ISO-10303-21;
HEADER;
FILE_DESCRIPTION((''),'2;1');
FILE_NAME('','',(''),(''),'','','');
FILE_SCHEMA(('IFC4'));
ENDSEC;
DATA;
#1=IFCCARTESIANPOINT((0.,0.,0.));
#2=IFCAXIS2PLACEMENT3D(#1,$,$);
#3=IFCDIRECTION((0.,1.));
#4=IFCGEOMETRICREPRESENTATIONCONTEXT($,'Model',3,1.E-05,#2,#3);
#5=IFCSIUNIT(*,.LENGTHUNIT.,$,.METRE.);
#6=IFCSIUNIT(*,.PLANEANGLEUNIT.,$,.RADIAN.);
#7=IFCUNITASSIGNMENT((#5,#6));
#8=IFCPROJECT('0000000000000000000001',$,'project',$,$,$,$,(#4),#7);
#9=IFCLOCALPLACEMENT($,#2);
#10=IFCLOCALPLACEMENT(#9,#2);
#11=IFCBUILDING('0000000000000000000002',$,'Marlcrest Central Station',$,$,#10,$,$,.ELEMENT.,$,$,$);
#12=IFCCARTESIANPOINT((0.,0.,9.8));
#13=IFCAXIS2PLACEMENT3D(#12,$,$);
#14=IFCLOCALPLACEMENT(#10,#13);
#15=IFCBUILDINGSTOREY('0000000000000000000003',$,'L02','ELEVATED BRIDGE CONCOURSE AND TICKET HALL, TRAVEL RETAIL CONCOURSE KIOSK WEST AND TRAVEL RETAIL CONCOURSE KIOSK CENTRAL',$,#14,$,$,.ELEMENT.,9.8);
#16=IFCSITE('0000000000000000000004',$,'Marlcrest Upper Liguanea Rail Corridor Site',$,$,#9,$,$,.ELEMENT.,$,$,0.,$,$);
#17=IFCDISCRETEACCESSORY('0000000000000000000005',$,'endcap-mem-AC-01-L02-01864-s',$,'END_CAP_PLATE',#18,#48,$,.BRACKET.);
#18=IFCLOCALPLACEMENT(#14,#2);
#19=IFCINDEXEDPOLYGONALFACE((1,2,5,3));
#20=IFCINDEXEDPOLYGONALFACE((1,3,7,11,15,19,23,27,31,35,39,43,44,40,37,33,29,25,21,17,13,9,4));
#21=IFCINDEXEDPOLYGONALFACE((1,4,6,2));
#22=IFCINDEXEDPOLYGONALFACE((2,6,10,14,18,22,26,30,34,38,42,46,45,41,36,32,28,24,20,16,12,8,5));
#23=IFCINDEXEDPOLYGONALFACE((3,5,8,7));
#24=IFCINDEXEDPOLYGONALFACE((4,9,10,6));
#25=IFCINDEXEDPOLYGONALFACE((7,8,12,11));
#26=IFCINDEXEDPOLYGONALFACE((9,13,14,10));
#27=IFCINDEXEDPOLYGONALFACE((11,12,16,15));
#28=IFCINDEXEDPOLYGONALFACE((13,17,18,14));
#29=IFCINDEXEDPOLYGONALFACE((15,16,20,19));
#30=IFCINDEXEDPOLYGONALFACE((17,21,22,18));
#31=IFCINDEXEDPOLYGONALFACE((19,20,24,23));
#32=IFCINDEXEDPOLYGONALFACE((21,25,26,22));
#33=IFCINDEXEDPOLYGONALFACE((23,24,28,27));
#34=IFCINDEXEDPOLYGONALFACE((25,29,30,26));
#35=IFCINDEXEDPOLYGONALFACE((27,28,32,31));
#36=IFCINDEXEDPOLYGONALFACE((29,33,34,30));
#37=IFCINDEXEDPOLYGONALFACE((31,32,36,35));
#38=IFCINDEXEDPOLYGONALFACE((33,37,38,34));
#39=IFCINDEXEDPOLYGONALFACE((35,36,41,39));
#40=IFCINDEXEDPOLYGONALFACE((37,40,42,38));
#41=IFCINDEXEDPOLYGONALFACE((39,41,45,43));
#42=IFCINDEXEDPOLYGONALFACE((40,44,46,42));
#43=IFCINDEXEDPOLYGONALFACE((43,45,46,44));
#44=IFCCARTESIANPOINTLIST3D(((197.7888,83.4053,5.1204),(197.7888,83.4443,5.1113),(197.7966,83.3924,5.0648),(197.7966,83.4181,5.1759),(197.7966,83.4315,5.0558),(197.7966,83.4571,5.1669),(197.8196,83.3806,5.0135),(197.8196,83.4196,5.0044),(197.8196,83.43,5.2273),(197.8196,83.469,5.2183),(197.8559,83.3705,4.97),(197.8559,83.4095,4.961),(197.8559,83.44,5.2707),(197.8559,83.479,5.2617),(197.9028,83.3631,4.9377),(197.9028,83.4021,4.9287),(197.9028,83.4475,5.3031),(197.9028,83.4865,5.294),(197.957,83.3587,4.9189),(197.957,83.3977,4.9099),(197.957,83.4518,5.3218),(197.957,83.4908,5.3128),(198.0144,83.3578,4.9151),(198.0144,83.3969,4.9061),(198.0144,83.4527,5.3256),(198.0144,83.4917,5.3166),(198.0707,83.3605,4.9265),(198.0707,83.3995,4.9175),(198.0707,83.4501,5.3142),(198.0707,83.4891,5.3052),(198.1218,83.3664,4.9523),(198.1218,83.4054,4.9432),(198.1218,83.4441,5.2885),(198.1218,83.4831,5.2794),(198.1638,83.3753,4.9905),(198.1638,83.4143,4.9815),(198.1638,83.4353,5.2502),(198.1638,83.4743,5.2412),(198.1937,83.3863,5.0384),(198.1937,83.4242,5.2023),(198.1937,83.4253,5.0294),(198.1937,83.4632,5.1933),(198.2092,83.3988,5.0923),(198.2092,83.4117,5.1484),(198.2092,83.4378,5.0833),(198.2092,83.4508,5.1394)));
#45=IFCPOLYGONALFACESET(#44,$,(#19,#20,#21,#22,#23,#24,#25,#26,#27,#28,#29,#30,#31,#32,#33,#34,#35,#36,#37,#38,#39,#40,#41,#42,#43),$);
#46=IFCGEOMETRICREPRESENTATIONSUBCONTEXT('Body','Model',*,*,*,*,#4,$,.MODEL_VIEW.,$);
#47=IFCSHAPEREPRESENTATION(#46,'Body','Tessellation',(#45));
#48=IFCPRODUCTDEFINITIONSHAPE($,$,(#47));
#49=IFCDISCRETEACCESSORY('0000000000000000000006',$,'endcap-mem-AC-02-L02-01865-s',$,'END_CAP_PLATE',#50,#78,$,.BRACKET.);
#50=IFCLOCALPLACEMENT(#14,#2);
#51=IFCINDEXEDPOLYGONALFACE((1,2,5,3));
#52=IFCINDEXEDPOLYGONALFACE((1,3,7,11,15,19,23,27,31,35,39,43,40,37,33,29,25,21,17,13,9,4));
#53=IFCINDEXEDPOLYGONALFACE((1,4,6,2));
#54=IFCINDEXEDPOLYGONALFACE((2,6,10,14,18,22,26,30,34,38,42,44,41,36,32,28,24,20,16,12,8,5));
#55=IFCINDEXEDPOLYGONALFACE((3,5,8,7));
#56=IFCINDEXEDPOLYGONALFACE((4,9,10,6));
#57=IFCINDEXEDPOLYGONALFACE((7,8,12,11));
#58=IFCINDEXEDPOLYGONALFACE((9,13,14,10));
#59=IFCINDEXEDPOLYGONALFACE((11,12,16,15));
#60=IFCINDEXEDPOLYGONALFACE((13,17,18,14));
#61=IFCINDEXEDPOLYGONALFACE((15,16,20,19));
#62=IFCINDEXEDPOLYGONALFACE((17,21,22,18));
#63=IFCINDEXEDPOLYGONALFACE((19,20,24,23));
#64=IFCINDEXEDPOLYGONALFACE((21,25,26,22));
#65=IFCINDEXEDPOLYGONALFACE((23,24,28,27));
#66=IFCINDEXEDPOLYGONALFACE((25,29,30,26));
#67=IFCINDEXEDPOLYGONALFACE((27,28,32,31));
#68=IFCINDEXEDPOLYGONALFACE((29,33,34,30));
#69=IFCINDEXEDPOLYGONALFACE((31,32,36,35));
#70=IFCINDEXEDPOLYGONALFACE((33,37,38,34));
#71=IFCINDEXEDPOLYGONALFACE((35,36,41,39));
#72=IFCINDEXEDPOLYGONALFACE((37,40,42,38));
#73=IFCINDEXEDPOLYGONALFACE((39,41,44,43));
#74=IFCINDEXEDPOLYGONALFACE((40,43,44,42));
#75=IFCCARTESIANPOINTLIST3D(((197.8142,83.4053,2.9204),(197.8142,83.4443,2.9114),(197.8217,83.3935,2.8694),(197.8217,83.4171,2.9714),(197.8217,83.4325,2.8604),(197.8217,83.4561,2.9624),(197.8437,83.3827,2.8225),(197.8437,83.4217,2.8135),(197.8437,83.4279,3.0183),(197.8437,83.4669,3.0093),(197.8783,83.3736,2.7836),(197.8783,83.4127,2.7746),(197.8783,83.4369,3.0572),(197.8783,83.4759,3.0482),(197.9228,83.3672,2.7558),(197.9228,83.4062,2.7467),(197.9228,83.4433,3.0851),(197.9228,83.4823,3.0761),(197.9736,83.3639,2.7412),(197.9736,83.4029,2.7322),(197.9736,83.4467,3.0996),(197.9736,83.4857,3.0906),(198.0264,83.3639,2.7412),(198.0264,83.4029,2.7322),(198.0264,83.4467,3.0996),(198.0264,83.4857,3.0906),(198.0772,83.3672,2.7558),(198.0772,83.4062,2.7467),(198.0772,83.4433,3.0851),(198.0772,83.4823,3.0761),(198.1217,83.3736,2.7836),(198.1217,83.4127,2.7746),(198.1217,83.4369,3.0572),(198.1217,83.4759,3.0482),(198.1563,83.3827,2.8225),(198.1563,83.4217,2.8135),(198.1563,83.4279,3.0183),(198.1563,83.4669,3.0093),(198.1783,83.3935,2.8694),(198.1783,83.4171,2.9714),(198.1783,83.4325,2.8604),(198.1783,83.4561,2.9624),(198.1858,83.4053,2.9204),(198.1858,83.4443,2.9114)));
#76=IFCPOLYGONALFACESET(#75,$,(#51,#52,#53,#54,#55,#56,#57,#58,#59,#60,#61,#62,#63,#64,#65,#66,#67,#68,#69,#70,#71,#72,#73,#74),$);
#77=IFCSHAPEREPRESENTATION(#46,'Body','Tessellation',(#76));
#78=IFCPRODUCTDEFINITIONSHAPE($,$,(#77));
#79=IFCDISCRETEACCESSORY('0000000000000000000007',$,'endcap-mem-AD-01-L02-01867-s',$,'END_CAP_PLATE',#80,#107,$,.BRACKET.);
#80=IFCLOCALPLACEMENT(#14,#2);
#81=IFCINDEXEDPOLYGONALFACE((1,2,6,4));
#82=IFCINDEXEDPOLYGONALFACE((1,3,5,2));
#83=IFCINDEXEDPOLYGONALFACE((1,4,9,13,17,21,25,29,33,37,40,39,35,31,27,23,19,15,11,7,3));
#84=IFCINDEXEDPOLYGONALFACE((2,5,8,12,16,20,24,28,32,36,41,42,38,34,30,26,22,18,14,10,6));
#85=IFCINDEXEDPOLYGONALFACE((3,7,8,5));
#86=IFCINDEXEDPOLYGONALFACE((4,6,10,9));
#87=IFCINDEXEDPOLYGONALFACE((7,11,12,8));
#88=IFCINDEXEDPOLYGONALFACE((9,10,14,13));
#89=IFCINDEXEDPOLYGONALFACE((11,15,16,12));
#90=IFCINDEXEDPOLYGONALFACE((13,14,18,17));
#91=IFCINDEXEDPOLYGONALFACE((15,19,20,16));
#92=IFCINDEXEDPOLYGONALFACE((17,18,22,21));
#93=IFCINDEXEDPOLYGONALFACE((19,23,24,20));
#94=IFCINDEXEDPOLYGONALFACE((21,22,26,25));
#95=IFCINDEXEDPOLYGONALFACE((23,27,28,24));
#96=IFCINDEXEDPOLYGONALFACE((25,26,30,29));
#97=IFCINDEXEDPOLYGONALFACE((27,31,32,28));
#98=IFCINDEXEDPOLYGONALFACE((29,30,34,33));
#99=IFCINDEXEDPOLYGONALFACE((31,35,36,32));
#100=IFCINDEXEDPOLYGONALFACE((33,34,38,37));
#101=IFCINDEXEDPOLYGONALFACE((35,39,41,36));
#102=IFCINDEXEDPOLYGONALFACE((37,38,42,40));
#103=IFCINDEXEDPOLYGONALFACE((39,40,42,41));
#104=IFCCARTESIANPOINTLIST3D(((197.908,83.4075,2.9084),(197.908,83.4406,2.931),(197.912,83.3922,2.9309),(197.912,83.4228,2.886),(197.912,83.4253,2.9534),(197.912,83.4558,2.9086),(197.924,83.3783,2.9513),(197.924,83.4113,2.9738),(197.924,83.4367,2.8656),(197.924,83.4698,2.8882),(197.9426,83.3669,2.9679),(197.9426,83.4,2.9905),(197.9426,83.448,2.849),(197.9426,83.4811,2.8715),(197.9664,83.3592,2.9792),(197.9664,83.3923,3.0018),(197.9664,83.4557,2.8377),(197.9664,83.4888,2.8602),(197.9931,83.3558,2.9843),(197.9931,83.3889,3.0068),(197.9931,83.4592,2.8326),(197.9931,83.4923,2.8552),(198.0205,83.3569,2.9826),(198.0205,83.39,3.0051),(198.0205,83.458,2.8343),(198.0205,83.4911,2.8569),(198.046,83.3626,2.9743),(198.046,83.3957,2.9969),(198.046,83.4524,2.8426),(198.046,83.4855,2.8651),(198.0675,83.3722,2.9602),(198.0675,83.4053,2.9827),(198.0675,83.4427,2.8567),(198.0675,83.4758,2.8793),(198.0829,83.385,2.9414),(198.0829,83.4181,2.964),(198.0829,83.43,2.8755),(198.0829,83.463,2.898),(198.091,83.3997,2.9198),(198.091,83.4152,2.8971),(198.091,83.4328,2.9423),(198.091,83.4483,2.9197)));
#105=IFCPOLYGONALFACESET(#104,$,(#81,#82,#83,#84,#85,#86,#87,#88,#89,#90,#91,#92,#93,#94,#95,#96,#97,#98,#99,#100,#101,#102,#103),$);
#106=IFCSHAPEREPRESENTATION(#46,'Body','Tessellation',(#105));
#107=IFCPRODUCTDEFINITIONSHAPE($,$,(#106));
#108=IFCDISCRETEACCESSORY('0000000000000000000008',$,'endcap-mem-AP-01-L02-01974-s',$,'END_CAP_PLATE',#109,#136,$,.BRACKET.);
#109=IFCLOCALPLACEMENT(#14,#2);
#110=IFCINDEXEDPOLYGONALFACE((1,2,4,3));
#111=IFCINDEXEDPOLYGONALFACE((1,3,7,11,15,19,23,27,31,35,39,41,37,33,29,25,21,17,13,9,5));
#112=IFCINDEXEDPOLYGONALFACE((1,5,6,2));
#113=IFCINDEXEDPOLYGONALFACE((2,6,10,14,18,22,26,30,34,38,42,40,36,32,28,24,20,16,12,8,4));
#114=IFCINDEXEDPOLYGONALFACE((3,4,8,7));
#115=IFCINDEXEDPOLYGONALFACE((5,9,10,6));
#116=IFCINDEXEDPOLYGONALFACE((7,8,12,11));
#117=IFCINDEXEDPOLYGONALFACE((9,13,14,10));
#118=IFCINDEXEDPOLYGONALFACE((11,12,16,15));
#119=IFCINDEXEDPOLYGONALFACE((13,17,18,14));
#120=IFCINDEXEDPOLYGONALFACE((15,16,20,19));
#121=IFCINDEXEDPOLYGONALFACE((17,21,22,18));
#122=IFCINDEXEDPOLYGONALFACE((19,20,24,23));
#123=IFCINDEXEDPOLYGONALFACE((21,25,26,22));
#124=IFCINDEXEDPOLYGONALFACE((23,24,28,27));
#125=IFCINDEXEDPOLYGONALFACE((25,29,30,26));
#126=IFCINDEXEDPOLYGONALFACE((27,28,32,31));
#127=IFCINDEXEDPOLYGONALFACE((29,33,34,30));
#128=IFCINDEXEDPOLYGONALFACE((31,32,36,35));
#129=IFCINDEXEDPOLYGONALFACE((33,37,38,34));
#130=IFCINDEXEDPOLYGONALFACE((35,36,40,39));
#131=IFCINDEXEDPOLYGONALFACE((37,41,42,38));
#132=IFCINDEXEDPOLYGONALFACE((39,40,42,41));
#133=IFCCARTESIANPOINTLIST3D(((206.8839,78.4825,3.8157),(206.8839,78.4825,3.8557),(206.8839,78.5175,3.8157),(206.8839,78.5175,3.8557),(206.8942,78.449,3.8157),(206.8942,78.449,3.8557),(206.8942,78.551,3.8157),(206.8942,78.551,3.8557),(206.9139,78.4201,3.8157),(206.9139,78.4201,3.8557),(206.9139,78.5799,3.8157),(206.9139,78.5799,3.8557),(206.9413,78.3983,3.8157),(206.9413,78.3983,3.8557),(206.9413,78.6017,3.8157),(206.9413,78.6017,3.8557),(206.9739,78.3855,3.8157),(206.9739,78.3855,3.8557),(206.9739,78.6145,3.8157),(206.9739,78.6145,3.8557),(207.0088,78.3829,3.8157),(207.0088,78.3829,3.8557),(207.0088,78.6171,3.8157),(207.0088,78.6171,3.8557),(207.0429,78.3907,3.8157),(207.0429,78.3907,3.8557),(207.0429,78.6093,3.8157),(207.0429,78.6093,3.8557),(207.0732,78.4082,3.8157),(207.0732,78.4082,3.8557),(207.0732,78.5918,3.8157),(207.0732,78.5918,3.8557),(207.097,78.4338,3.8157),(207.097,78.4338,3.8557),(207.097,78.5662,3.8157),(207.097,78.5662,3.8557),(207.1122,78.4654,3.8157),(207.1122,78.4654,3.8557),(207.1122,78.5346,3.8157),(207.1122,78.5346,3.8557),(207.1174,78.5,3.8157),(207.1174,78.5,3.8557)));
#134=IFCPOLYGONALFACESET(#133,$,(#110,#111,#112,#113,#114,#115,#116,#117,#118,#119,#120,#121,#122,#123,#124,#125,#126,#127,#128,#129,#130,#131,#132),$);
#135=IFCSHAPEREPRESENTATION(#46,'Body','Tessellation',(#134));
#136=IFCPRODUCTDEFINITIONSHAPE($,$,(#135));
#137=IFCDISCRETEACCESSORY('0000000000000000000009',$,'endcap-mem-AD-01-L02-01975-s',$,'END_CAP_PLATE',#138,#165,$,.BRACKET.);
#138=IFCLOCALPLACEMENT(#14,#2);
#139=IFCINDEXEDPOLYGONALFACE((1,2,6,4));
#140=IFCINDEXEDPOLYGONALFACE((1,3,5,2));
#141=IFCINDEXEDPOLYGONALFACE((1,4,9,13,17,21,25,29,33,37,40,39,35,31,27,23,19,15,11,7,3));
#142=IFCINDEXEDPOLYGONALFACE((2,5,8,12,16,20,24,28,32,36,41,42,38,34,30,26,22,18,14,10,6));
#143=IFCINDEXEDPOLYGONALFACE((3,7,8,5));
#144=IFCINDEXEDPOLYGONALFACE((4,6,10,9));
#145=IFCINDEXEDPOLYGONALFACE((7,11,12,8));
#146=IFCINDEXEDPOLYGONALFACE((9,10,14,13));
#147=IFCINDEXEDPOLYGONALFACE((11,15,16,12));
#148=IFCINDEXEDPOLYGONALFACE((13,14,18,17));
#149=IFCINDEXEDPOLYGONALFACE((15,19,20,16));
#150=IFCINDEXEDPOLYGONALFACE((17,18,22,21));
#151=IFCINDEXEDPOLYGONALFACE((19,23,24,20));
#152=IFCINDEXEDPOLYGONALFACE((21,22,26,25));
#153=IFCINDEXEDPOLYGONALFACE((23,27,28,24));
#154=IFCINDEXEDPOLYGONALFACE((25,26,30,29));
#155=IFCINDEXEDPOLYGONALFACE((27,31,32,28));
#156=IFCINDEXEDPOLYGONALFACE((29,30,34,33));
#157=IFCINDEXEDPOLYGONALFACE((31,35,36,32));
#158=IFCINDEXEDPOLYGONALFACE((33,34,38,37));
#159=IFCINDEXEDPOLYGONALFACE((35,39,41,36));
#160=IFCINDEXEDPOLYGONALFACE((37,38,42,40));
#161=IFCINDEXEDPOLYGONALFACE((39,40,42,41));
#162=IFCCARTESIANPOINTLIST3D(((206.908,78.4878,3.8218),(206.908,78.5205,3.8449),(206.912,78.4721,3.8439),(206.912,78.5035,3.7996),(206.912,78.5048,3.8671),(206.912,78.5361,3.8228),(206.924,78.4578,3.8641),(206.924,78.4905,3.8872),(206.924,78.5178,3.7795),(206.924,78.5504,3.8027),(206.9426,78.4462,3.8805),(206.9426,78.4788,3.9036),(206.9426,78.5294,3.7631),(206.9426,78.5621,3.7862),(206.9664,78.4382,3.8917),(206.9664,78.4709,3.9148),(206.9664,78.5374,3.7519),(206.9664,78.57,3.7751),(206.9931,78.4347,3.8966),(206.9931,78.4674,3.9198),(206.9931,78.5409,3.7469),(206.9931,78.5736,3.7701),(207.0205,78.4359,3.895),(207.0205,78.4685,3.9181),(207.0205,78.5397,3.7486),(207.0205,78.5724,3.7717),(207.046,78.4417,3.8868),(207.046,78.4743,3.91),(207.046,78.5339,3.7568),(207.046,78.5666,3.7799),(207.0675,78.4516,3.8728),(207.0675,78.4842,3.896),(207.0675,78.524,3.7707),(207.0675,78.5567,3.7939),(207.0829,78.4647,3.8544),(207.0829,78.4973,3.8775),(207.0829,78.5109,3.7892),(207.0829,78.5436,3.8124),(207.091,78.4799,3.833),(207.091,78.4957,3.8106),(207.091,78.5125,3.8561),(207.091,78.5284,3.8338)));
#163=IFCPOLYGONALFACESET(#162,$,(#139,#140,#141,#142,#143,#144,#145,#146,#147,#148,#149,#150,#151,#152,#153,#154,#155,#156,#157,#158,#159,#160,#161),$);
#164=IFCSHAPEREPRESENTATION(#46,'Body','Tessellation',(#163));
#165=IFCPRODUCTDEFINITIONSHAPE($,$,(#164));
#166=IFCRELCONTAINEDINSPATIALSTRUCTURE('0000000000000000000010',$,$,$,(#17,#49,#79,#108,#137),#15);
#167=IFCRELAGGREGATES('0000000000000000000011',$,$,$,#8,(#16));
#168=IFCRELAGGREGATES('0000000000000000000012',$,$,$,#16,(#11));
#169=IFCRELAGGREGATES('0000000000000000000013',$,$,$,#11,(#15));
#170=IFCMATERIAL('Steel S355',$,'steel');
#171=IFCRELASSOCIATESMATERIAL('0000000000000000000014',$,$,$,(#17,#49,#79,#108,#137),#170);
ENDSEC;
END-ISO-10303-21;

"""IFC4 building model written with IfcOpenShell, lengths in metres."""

from ifc_helpers import new_model, si_unit, direction, frame, origin, origin_2d, place, context, subcontext, project, spatial, circle, extrude, material, element, save


model = new_model("IFC4")

# Units and contexts
model_context = context("Model", 3, precision=1e-05, world=origin(), true_north=direction((0.0, 1.0)))
body_context = subcontext(model_context, "Body", "Model", "MODEL_VIEW")
ifc_project = project(units=[si_unit("LENGTHUNIT", "METRE"), si_unit("PLANEANGLEUNIT", "RADIAN")], contexts=[model_context])

# Site, building, storey
site_placement = place(None, origin())
site = spatial("IfcSite", under=ifc_project, at=site_placement, Name="Marlcrest Upper Liguanea Rail Corridor Site", CompositionType="ELEMENT", RefElevation=0.0)
building_placement = place(site_placement, origin())
building = spatial("IfcBuilding", under=site, at=building_placement, Name="Marlcrest Central Station", CompositionType="ELEMENT")
storey_placement = place(building_placement, frame((0.0, 0.0, 9.8)))
storey = spatial("IfcBuildingStorey", under=building, at=storey_placement, Name="L02", Description="ELEVATED BRIDGE CONCOURSE AND TICKET HALL, TRAVEL RETAIL CONCOURSE KIOSK WEST AND TRAVEL RETAIL CONCOURSE KIOSK CENTRAL", CompositionType="ELEMENT", Elevation=9.8)

# Shared definitions
ifc_material_1 = material(Name="Steel S355", Category="steel")

# Discrete accessories
discrete_accessory_1_placement = place(storey_placement, frame((198.0, 83.4053, 5.1204), z_axis=(0.0, 0.97433, -0.225126), x_axis=(-1.0, 0.0, 0.0)))
element("IfcDiscreteAccessory", 1, at=discrete_accessory_1_placement, inside=storey, material=ifc_material_1, Name="endcap-mem-AC-01-L02-01864-s", ObjectType="END_CAP_PLATE", PredefinedType="BRACKET", context=body_context, shape_type="SweptSolid", body=[
    extrude(circle(Radius=0.2112, at=origin_2d()), origin(), (0.0, 0.0, 1.0), 0.04),
])
discrete_accessory_2_placement = place(storey_placement, frame((198.0, 83.4053, 2.9204), z_axis=(0.0, 0.974308, -0.22522), x_axis=(-1.0, 0.0, 0.0)))
element("IfcDiscreteAccessory", 2, at=discrete_accessory_2_placement, inside=storey, material=ifc_material_1, Name="endcap-mem-AC-02-L02-01865-s", ObjectType="END_CAP_PLATE", PredefinedType="BRACKET", context=body_context, shape_type="SweptSolid", body=[
    extrude(circle(Radius=0.1858, at=origin_2d()), origin(), (0.0, 0.0, 1.0), 0.04),
])
discrete_accessory_3_placement = place(storey_placement, frame((198.0, 83.4075, 2.9084), z_axis=(0.0, 0.826263, 0.563285), x_axis=(-1.0, 0.0, 0.0)))
element("IfcDiscreteAccessory", 3, at=discrete_accessory_3_placement, inside=storey, material=ifc_material_1, Name="endcap-mem-AD-01-L02-01867-s", ObjectType="END_CAP_PLATE", PredefinedType="BRACKET", context=body_context, shape_type="SweptSolid", body=[
    extrude(circle(Radius=0.092, at=origin_2d()), origin(), (0.0, 0.0, 1.0), 0.04),
])
discrete_accessory_4_placement = place(storey_placement, frame((207.0, 78.5, 3.8157), z_axis=(0.0, 0.0, 1.0), x_axis=(1.0, 0.0, 0.0)))
element("IfcDiscreteAccessory", 4, at=discrete_accessory_4_placement, inside=storey, material=ifc_material_1, Name="endcap-mem-AP-01-L02-01974-s", ObjectType="END_CAP_PLATE", PredefinedType="BRACKET", context=body_context, shape_type="SweptSolid", body=[
    extrude(circle(Radius=0.1174, at=origin_2d()), origin(), (0.0, 0.0, 1.0), 0.04),
])
discrete_accessory_5_placement = place(storey_placement, frame((207.0, 78.4878, 3.8218), z_axis=(0.0, 0.815661, 0.57853), x_axis=(-1.0, 0.0, 0.0)))
element("IfcDiscreteAccessory", 5, at=discrete_accessory_5_placement, inside=storey, material=ifc_material_1, Name="endcap-mem-AD-01-L02-01975-s", ObjectType="END_CAP_PLATE", PredefinedType="BRACKET", context=body_context, shape_type="SweptSolid", body=[
    extrude(circle(Radius=0.092, at=origin_2d()), origin(), (0.0, 0.0, 1.0), 0.04),
])

save(model, "model.ifc")
